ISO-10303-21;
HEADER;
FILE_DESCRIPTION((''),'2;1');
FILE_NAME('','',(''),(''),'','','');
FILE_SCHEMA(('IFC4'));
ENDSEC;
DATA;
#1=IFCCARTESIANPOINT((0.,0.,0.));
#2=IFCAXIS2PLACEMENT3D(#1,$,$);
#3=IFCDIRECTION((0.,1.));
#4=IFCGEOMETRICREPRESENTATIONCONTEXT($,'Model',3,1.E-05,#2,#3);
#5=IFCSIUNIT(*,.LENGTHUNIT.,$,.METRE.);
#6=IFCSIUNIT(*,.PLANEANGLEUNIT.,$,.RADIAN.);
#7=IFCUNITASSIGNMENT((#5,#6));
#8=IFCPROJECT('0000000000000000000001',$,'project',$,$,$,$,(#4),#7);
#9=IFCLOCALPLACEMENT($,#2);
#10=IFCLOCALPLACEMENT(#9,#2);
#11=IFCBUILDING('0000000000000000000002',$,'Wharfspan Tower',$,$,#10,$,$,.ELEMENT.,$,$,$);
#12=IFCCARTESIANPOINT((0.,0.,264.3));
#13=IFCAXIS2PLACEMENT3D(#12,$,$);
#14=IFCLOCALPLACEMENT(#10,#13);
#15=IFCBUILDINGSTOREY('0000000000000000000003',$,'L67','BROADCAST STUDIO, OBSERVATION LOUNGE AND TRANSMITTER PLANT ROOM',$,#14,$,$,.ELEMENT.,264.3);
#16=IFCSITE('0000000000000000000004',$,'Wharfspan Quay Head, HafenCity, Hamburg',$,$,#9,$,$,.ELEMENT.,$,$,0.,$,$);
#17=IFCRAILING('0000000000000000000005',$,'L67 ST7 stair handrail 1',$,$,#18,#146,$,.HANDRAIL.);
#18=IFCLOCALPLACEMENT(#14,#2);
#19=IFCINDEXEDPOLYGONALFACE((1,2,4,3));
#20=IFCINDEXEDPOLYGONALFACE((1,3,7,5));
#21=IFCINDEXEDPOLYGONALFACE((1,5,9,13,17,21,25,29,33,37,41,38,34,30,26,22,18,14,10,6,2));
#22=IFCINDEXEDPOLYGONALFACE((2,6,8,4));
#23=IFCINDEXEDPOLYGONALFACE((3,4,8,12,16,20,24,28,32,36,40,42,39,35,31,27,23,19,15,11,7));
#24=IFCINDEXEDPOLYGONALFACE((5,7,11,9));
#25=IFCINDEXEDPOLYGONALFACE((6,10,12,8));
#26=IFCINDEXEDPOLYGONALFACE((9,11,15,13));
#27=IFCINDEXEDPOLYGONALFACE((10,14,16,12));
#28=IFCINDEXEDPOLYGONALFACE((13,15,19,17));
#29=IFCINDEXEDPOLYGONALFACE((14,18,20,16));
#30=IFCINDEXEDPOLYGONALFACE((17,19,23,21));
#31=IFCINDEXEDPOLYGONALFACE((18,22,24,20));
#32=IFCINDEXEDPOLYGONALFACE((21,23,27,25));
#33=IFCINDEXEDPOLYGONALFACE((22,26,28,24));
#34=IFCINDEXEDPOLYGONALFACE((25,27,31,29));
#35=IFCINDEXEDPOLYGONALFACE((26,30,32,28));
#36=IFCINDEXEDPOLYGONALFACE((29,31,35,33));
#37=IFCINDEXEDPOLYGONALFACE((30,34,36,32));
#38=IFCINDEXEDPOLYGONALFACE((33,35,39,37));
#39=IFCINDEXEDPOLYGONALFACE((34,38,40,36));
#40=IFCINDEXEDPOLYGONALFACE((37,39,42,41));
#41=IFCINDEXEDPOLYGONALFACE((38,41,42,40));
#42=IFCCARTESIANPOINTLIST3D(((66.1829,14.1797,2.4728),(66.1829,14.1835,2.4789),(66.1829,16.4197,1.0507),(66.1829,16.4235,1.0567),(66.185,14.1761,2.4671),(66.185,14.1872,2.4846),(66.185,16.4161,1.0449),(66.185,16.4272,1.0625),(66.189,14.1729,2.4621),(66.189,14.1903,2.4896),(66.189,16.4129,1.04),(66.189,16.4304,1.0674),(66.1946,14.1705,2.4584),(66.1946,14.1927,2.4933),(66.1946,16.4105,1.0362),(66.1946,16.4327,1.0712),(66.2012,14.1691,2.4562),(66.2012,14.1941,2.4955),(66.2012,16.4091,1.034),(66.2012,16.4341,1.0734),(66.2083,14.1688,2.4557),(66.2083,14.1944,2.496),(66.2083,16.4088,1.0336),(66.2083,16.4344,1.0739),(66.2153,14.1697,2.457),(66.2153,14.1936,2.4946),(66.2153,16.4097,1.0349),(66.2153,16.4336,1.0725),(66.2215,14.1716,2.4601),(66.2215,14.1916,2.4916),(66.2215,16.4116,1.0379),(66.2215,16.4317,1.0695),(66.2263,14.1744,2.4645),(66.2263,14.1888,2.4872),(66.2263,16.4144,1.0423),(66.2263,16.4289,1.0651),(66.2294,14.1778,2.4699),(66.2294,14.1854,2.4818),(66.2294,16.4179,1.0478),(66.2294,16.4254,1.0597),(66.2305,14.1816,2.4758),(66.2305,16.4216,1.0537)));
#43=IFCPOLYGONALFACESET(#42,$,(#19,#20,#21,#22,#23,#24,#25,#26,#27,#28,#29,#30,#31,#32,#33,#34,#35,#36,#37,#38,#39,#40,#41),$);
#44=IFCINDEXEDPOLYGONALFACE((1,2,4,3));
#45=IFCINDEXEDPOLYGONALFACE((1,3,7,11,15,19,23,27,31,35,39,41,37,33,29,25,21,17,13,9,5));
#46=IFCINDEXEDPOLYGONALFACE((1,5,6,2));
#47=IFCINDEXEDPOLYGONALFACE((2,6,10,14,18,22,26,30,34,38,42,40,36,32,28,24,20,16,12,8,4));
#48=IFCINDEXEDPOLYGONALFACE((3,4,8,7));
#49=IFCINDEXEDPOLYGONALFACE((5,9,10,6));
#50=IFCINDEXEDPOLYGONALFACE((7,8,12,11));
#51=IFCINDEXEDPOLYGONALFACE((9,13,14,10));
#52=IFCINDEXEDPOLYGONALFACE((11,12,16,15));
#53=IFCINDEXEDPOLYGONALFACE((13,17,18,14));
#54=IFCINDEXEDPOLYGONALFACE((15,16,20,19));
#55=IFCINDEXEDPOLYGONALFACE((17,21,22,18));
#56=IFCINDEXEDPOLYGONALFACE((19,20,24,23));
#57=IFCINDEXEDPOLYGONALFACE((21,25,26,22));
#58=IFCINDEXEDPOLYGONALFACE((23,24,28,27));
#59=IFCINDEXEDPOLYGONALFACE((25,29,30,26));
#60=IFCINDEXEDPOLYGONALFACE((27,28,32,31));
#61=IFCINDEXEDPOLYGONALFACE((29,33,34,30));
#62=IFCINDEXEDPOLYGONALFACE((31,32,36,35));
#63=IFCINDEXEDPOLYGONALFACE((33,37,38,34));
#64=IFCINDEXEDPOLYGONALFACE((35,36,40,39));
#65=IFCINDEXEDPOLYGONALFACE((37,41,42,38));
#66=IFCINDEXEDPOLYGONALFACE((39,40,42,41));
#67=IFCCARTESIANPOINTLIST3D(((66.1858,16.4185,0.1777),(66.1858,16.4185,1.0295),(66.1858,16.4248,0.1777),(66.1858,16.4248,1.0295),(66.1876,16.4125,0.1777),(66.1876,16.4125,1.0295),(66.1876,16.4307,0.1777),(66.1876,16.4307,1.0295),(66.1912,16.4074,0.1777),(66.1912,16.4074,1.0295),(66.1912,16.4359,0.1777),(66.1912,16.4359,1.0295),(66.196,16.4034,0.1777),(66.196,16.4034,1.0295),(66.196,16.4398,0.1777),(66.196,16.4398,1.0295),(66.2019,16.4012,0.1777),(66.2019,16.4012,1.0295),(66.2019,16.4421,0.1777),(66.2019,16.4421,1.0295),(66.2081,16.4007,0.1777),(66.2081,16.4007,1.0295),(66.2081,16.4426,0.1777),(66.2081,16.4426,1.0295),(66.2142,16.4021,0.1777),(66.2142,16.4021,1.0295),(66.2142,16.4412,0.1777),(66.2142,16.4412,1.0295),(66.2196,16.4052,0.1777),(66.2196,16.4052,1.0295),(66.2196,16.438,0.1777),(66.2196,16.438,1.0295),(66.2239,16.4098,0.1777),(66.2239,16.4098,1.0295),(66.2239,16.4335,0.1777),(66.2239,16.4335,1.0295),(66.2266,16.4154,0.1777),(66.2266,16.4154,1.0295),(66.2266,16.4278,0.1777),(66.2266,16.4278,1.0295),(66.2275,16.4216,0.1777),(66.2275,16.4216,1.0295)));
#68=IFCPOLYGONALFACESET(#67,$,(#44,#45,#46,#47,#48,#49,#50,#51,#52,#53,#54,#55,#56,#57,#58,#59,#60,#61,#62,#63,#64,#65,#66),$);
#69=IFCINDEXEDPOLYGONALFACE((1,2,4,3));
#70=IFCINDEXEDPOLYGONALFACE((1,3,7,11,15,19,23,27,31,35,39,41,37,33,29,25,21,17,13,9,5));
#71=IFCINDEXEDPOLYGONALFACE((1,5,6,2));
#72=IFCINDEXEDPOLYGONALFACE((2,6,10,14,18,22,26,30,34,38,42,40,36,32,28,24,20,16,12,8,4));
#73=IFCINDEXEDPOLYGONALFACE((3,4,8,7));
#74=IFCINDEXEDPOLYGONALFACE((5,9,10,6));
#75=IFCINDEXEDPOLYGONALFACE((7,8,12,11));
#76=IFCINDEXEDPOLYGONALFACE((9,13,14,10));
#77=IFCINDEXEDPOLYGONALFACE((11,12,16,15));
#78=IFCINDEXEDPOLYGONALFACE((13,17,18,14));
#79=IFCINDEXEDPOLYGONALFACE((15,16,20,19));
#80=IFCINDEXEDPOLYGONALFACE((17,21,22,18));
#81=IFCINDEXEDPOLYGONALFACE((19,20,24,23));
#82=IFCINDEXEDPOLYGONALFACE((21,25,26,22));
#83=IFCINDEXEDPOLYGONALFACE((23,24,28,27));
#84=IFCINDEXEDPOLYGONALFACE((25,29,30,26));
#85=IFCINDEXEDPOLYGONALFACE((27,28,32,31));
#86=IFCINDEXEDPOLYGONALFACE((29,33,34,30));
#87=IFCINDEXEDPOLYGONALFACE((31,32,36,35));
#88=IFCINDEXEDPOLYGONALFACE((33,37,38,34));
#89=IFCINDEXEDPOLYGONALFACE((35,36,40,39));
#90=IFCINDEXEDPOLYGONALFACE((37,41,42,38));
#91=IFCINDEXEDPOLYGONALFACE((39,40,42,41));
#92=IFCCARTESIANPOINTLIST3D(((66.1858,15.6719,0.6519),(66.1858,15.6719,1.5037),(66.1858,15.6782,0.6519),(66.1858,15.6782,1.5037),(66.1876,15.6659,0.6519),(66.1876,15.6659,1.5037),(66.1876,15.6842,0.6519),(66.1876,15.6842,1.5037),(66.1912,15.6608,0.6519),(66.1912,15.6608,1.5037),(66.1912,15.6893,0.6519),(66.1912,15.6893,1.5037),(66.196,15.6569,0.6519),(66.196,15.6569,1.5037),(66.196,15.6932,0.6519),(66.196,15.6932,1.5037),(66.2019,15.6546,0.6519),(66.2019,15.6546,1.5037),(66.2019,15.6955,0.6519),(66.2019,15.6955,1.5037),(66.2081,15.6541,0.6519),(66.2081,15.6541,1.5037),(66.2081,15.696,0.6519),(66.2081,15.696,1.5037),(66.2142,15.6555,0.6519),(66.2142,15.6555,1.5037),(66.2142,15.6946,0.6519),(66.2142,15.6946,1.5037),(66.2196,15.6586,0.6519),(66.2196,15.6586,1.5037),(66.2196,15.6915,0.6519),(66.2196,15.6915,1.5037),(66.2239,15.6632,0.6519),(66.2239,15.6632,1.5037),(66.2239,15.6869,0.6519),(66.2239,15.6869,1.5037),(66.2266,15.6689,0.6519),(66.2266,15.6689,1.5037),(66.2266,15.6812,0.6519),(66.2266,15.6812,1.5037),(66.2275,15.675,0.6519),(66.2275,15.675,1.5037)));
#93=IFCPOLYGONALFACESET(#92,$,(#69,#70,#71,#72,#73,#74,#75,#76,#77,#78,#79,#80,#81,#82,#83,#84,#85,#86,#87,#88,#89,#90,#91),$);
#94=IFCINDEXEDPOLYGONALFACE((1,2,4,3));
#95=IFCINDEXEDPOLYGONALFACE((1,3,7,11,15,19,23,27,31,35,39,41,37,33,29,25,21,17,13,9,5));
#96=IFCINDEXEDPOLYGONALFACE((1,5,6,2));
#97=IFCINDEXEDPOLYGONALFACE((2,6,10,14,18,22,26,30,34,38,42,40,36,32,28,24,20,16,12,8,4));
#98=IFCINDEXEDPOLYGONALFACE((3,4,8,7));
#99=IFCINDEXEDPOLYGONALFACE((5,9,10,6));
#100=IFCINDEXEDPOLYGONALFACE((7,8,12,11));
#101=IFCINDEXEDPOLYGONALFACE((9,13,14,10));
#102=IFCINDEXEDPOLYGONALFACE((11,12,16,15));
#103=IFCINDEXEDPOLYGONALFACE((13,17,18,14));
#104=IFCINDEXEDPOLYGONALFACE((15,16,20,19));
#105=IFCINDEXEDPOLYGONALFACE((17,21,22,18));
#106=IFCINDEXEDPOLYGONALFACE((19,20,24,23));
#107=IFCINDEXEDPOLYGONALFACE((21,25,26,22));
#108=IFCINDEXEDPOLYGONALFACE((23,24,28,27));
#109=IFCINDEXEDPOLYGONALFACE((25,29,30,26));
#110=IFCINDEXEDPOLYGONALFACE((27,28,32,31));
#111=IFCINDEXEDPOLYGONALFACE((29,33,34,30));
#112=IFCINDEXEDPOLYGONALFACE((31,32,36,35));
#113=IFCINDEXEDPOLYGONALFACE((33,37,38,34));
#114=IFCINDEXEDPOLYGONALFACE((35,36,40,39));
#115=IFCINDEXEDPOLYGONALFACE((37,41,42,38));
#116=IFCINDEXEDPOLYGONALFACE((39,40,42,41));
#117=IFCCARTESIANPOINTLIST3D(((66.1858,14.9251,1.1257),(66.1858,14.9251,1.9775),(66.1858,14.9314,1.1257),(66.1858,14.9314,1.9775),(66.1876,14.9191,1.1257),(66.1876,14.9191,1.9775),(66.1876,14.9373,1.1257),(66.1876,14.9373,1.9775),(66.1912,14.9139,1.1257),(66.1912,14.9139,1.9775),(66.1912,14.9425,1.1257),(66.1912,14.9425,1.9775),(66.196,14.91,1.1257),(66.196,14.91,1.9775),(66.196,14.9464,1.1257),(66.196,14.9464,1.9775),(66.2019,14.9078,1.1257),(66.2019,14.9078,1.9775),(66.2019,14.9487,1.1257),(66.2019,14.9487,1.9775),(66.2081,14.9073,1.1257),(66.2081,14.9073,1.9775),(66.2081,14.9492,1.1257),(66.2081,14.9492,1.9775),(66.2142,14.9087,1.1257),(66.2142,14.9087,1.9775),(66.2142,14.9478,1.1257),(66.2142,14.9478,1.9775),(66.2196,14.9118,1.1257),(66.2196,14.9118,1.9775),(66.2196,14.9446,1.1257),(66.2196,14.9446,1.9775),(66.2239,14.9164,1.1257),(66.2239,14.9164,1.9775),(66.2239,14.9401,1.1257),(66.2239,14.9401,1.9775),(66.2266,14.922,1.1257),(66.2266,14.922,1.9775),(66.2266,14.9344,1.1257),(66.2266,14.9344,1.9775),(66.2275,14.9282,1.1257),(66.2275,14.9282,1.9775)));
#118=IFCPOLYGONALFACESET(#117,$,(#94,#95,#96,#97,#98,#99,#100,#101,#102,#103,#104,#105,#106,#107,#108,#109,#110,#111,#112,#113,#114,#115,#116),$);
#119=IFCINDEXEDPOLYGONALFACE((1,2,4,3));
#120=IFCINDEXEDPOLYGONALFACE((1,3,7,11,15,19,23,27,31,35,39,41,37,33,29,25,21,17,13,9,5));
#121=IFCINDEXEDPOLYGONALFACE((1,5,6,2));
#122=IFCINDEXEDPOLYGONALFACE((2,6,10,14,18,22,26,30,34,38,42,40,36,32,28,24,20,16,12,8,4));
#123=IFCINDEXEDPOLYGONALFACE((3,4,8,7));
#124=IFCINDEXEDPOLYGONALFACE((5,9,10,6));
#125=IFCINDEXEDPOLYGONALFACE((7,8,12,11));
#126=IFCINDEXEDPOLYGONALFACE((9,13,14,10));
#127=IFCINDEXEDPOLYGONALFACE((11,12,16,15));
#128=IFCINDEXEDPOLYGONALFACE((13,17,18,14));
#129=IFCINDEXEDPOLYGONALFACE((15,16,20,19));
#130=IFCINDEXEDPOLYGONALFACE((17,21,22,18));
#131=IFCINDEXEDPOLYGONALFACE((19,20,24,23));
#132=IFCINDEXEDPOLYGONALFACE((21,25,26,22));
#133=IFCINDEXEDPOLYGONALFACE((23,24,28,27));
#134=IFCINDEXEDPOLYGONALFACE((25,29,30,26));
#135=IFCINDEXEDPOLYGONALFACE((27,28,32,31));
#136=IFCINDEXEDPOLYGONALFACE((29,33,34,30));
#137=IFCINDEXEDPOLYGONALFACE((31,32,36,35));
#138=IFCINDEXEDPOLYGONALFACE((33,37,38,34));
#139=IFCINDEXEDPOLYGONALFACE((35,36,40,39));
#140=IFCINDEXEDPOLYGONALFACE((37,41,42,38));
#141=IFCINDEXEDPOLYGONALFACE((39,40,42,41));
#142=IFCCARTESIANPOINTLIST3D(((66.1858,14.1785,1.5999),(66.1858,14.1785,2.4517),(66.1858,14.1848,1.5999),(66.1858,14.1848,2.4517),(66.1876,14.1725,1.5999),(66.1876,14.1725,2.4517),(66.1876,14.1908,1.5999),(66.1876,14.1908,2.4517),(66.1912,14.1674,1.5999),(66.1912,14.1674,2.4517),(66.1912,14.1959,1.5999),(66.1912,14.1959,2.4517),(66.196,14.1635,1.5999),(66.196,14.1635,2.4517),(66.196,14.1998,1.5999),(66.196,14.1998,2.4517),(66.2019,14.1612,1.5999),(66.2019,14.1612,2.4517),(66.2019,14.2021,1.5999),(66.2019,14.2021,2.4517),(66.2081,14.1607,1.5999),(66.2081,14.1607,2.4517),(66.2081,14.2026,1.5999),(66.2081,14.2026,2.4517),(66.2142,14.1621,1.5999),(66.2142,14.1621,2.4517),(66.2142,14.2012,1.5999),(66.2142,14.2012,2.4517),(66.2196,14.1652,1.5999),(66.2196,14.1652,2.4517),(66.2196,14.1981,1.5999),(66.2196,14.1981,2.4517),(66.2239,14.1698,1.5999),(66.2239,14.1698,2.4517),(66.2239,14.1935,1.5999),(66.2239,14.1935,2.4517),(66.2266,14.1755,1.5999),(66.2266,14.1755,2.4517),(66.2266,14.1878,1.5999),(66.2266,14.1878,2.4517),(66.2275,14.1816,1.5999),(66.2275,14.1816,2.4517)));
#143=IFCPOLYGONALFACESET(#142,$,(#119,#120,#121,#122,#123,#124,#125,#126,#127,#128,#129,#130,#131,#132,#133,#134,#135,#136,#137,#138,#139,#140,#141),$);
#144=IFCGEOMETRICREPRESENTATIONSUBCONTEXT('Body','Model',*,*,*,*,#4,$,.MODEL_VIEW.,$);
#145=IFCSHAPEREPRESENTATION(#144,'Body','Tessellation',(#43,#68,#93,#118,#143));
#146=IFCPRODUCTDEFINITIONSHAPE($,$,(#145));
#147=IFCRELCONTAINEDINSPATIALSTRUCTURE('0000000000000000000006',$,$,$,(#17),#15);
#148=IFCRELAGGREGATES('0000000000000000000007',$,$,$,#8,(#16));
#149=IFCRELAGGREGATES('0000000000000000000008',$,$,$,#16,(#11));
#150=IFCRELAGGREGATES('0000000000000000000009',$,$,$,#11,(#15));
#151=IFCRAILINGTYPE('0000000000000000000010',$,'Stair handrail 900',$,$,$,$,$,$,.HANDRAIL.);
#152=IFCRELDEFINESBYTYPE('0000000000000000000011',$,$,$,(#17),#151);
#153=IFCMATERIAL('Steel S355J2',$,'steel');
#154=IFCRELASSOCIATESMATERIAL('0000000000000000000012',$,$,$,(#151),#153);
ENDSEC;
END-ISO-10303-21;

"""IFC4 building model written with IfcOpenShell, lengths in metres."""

from ifc_helpers import new_model, si_unit, direction, frame, origin, origin_2d, place, context, subcontext, project, spatial, circle, extrude, material, type_object, element, save


model = new_model("IFC4")

# Units and contexts
model_context = context("Model", 3, precision=1e-05, world=origin(), true_north=direction((0.0, 1.0)))
body_context = subcontext(model_context, "Body", "Model", "MODEL_VIEW")
ifc_project = project(units=[si_unit("LENGTHUNIT", "METRE"), si_unit("PLANEANGLEUNIT", "RADIAN")], contexts=[model_context])

# Site, building, storey
site_placement = place(None, origin())
site = spatial("IfcSite", under=ifc_project, at=site_placement, Name="Wharfspan Quay Head, HafenCity, Hamburg", CompositionType="ELEMENT", RefElevation=0.0)
building_placement = place(site_placement, origin())
building = spatial("IfcBuilding", under=site, at=building_placement, Name="Wharfspan Tower", CompositionType="ELEMENT")
storey_placement = place(building_placement, frame((0.0, 0.0, 264.3)))
storey = spatial("IfcBuildingStorey", under=building, at=storey_placement, Name="L67", Description="BROADCAST STUDIO, OBSERVATION LOUNGE AND TRANSMITTER PLANT ROOM", CompositionType="ELEMENT", Elevation=264.3)

# Shared definitions
ifc_material_1 = material(Name="Steel S355J2", Category="steel")

# Railing
railing_type = type_object("IfcRailingType", Name="Stair handrail 900", PredefinedType="HANDRAIL", material=ifc_material_1)
railing_1_placement = place(storey_placement, frame((66.2065, 16.4216, 0.1777)))
element("IfcRailing", 1, at=railing_1_placement, inside=storey, type_object=railing_type, Name="L67 ST7 stair handrail 1", PredefinedType="HANDRAIL", context=body_context, shape_type="SweptSolid", body=[
    extrude(circle(Radius=0.0239, at=origin_2d()), frame((0.0, 0.0, 0.876), z_axis=(0.0, -0.844229, 0.535982), x_axis=(1.0, 0.0, 0.0)), (0.0, 0.0, 1.0), 2.6533),
    extrude(circle(Radius=0.021, at=origin_2d()), origin(), (0.0, 0.0, 1.0), 0.8518),
    extrude(circle(Radius=0.021, at=origin_2d()), frame((0.0, -0.7466, 0.4741)), (0.0, 0.0, 1.0), 0.8518),
    extrude(circle(Radius=0.021, at=origin_2d()), frame((0.0, -1.4934, 0.948)), (0.0, 0.0, 1.0), 0.8518),
    extrude(circle(Radius=0.021, at=origin_2d()), frame((0.0, -2.24, 1.4221)), (0.0, 0.0, 1.0), 0.8518),
])

save(model, "model.ifc")
